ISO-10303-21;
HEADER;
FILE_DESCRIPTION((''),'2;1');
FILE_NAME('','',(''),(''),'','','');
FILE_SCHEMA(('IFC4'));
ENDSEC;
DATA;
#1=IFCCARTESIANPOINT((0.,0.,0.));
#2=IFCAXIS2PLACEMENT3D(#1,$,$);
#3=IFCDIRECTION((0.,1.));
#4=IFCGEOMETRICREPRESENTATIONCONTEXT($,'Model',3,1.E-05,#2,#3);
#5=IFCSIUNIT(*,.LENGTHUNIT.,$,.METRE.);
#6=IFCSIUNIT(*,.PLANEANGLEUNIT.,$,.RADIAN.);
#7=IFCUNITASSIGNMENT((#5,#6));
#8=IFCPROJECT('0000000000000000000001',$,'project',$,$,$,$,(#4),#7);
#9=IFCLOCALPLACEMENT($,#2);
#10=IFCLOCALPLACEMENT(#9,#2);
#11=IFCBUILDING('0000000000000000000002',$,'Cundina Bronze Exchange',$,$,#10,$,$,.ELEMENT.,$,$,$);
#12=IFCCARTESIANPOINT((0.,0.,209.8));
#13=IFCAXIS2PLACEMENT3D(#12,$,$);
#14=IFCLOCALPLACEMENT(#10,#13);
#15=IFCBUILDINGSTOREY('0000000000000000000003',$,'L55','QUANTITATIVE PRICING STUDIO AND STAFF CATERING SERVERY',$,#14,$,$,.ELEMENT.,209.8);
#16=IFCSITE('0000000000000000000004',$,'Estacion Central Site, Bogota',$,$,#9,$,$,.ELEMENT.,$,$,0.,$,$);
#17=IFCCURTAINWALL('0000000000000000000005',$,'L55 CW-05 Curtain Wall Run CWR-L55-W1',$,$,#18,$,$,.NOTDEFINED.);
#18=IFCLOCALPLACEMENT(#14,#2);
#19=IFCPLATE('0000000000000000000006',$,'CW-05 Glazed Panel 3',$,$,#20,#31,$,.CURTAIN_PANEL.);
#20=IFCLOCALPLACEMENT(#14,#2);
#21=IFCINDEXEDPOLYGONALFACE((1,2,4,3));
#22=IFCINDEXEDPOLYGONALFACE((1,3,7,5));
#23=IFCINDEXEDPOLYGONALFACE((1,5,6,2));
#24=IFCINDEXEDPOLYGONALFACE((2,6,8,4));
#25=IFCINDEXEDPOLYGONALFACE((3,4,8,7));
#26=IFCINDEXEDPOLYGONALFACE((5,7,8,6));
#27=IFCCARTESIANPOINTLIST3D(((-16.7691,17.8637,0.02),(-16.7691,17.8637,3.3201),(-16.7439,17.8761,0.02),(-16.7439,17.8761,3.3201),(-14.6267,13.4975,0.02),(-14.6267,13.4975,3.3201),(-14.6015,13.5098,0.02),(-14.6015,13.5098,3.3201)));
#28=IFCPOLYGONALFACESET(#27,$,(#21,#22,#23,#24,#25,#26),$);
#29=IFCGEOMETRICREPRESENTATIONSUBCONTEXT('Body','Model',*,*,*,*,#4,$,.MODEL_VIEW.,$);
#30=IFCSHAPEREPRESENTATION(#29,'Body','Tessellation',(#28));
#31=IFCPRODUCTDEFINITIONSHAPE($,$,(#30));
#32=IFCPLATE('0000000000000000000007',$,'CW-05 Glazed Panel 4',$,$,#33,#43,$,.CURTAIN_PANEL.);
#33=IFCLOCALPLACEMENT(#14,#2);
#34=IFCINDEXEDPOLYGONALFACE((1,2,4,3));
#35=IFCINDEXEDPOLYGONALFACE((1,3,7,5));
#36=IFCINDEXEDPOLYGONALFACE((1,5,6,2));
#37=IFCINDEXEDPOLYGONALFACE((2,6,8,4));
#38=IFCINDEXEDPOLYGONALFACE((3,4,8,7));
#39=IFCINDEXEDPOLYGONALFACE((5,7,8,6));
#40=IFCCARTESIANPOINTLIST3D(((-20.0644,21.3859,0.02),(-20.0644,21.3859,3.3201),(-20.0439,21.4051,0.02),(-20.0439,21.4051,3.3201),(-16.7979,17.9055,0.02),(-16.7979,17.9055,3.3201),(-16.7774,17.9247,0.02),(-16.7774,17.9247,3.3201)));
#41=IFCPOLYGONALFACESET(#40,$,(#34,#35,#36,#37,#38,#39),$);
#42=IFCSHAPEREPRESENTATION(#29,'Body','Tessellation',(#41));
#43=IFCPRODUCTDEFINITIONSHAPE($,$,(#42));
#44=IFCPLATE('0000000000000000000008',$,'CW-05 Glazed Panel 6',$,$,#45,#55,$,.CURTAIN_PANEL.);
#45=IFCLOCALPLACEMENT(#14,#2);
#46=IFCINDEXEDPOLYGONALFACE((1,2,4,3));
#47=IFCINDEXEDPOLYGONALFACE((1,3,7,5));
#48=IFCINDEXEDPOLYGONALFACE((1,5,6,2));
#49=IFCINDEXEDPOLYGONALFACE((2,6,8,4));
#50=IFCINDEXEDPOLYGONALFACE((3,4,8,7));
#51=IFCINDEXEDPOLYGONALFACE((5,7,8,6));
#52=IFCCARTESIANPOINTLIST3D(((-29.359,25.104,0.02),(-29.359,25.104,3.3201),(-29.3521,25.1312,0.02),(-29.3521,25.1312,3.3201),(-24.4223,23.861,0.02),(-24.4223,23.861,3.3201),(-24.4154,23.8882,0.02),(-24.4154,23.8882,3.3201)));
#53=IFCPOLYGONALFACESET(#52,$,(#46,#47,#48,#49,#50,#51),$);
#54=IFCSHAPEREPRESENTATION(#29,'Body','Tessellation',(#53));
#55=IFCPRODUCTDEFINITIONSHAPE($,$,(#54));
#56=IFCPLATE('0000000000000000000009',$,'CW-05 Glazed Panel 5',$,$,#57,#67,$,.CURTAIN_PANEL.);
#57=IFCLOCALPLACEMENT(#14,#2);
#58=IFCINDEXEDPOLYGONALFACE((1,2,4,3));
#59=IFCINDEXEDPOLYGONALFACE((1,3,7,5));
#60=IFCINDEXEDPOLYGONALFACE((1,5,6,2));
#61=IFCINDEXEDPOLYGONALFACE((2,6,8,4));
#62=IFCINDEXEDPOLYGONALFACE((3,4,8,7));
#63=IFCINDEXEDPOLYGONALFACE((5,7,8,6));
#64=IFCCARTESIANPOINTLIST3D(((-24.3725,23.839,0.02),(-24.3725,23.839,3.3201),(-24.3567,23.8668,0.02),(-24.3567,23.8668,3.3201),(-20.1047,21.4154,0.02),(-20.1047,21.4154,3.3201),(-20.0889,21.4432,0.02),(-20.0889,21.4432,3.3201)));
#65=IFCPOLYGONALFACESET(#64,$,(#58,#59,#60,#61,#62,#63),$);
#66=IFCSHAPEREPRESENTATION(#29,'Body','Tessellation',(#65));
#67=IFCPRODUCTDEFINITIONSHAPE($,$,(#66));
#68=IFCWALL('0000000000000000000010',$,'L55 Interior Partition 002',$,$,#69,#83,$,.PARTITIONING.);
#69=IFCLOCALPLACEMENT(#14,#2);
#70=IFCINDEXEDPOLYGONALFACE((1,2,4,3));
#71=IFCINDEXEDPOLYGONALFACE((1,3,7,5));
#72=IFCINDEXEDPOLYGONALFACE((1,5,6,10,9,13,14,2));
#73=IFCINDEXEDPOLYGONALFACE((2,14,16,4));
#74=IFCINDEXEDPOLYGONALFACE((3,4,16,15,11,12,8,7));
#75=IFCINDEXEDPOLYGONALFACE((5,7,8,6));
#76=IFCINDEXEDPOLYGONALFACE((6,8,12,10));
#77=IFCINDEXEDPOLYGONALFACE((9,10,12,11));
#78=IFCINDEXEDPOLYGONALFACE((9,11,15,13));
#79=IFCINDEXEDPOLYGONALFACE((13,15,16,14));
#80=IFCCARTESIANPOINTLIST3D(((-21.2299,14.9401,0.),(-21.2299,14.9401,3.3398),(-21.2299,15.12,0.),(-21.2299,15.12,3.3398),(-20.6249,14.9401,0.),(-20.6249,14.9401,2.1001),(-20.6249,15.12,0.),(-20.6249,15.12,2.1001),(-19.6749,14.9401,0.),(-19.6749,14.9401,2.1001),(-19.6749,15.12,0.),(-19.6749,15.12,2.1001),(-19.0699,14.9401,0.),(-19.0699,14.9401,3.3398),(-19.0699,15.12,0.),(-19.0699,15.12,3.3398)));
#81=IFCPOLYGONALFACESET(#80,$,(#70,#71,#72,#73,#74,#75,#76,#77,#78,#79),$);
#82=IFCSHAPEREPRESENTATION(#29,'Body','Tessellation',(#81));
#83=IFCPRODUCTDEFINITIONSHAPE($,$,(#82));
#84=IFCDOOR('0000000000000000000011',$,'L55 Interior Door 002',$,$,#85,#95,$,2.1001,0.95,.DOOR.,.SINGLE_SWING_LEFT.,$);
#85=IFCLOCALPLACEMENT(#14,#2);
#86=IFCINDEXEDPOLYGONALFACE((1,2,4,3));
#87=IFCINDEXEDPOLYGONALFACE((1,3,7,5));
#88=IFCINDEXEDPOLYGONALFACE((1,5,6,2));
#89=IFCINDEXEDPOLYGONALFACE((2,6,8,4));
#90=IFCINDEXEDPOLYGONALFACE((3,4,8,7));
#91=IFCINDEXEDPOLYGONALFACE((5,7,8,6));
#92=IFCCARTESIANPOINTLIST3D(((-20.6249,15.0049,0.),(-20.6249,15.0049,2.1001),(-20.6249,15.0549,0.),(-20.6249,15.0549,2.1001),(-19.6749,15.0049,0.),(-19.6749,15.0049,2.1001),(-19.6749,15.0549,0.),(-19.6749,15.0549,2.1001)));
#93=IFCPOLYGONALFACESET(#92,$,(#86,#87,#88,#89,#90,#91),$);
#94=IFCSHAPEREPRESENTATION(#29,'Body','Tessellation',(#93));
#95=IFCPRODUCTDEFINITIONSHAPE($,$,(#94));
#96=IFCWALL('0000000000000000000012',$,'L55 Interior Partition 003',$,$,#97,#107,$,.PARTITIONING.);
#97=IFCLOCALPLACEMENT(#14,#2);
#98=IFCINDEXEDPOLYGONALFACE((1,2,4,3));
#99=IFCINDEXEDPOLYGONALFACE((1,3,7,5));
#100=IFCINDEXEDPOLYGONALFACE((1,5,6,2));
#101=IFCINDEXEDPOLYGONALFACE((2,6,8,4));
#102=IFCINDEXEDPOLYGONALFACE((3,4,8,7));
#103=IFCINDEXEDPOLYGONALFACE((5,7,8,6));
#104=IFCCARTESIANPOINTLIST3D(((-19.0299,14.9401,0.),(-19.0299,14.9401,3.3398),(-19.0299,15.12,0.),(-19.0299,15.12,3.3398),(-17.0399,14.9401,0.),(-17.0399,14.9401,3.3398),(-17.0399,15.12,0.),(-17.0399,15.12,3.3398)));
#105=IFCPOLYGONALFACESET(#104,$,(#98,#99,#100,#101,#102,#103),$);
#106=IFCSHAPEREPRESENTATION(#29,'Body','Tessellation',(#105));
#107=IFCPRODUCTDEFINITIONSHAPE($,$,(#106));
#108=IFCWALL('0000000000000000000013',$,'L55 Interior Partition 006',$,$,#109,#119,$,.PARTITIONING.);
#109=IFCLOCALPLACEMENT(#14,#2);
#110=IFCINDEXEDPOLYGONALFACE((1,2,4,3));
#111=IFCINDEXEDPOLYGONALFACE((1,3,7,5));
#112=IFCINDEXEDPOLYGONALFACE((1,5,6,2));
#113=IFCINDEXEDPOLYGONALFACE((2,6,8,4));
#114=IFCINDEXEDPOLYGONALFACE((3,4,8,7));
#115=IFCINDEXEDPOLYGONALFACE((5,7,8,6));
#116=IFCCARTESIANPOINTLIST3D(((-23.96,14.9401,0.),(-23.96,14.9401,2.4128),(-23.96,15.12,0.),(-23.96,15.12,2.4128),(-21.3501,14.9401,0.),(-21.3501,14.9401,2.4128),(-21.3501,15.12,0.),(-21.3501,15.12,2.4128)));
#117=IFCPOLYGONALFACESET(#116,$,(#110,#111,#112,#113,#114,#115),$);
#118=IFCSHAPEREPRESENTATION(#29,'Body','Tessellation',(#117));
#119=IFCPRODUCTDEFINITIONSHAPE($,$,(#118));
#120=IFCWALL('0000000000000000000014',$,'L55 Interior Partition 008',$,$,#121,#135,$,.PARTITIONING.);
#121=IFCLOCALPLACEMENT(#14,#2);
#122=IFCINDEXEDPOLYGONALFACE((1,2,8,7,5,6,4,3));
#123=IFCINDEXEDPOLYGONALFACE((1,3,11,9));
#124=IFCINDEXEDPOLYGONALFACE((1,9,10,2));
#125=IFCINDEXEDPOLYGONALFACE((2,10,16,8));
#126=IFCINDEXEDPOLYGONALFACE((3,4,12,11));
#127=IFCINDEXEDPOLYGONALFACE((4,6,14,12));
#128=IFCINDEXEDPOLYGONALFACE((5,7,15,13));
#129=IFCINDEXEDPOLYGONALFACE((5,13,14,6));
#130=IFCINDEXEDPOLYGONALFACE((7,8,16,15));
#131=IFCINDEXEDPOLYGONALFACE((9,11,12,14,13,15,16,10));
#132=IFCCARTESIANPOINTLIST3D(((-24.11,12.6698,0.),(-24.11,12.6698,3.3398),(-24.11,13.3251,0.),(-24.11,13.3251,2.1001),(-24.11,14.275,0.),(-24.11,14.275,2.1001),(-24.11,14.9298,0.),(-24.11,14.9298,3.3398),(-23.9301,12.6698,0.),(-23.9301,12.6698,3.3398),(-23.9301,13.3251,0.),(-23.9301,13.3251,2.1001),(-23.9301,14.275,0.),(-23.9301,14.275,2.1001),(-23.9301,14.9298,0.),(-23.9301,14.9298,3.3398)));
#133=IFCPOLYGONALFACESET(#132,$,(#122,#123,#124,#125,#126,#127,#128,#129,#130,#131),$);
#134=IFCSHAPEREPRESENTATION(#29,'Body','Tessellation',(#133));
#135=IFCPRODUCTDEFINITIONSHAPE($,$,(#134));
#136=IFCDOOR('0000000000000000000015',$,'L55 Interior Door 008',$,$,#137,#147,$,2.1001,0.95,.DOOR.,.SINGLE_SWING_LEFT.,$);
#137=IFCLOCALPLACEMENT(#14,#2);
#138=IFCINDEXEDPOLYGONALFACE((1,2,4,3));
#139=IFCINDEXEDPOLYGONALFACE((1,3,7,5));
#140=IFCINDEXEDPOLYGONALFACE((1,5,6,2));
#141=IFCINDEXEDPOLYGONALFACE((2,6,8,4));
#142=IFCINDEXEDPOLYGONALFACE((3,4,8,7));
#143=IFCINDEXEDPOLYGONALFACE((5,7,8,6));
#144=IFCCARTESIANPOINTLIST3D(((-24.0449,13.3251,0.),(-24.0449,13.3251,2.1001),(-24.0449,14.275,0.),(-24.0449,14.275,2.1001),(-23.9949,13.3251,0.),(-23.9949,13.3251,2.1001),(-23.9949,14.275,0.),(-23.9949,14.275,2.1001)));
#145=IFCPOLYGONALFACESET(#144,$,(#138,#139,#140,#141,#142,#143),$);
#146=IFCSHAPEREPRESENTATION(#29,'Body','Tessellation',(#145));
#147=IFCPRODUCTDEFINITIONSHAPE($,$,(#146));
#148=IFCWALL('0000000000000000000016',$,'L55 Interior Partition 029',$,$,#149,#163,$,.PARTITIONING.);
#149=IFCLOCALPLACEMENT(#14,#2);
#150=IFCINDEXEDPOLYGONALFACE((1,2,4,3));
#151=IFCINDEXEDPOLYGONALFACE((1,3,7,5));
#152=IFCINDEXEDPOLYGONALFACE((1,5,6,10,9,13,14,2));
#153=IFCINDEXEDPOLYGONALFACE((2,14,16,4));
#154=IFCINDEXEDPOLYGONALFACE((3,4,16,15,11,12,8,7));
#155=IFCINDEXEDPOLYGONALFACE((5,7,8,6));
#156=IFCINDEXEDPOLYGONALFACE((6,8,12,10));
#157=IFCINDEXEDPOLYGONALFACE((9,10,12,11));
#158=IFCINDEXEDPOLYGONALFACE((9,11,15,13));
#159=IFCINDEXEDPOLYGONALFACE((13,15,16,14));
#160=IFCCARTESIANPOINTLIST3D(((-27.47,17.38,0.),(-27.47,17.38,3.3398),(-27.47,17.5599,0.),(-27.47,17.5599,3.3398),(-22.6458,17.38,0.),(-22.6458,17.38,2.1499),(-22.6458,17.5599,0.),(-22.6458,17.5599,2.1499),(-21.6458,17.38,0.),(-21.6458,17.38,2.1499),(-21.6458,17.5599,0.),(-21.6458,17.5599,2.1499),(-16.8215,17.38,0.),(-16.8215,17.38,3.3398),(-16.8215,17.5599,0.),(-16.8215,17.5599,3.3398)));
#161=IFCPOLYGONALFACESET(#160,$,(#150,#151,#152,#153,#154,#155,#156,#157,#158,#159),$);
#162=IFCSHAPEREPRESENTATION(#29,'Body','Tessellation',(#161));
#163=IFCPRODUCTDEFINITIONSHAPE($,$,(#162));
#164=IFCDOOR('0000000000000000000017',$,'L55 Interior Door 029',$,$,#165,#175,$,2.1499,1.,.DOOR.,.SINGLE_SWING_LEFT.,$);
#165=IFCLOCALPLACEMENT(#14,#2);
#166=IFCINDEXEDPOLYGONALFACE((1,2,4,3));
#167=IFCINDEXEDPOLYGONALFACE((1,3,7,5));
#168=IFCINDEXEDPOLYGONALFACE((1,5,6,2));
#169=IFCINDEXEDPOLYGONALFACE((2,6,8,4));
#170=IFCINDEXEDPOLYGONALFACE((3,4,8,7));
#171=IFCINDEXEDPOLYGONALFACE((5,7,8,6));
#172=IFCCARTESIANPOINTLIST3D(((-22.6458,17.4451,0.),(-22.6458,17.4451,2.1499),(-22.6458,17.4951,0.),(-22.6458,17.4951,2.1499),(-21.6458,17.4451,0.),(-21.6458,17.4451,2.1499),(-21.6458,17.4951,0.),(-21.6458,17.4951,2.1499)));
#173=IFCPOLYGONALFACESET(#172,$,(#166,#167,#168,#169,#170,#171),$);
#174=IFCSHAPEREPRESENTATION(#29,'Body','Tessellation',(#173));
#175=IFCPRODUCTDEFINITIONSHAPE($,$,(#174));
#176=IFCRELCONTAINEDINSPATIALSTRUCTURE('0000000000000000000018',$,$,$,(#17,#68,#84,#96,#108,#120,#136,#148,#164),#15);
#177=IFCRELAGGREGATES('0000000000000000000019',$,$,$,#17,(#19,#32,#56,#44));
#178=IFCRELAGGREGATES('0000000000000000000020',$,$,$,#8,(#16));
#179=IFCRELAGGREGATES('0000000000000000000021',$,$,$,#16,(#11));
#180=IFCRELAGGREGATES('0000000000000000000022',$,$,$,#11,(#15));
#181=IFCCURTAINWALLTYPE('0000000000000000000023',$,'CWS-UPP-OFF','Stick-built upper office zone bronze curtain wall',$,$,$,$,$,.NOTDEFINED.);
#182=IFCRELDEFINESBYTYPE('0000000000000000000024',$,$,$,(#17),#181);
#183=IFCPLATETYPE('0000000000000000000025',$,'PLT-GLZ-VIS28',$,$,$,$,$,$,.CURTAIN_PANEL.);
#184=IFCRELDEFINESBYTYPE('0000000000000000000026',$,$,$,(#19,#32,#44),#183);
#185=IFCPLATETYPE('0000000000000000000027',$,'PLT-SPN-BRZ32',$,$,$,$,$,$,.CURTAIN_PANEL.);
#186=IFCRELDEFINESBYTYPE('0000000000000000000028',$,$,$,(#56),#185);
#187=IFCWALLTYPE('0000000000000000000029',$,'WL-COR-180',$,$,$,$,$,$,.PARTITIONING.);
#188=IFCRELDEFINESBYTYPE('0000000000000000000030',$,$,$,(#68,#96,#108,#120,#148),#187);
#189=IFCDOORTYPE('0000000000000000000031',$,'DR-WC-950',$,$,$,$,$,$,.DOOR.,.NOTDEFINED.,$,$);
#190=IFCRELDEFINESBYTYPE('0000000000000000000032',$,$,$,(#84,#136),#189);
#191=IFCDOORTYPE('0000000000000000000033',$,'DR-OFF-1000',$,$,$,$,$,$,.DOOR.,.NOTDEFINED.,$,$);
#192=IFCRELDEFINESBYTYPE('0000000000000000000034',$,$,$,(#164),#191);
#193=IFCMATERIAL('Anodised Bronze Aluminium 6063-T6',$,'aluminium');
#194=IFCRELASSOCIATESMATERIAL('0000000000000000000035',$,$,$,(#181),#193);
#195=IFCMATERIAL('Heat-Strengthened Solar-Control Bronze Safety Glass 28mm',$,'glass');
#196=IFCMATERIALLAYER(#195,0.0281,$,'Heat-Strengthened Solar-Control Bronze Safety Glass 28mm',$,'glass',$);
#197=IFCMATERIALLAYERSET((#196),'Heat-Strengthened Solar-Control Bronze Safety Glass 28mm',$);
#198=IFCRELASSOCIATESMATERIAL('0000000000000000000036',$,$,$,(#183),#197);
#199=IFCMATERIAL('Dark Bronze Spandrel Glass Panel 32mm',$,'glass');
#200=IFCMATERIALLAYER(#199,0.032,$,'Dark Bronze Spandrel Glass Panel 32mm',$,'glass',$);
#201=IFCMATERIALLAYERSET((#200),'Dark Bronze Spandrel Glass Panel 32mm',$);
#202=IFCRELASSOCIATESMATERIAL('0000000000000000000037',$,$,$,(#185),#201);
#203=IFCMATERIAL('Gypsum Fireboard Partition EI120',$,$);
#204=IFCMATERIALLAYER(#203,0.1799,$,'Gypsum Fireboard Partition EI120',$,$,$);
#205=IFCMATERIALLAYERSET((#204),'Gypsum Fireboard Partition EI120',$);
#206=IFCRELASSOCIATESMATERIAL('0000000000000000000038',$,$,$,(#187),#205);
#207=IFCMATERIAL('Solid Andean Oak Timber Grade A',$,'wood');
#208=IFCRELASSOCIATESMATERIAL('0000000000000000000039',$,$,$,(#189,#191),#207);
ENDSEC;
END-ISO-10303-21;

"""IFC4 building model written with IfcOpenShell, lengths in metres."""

from ifc_helpers import new_model, si_unit, direction, frame, frame_2d, origin, origin_2d, place, context, subcontext, project, spatial, rectangle, extrude, material, layer, layer_set, type_object, element, fill, aggregate, save


model = new_model("IFC4")

# Units and contexts
model_context = context("Model", 3, precision=1e-05, world=origin(), true_north=direction((0.0, 1.0)))
body_context = subcontext(model_context, "Body", "Model", "MODEL_VIEW")
ifc_project = project(units=[si_unit("LENGTHUNIT", "METRE"), si_unit("PLANEANGLEUNIT", "RADIAN")], contexts=[model_context])

# Site, building, storey
site_placement = place(None, origin())
site = spatial("IfcSite", under=ifc_project, at=site_placement, Name="Estacion Central Site, Bogota", CompositionType="ELEMENT", RefElevation=0.0)
building_placement = place(site_placement, origin())
building = spatial("IfcBuilding", under=site, at=building_placement, Name="Cundina Bronze Exchange", CompositionType="ELEMENT")
storey_placement = place(building_placement, frame((0.0, 0.0, 209.8)))
storey = spatial("IfcBuildingStorey", under=building, at=storey_placement, Name="L55", Description="QUANTITATIVE PRICING STUDIO AND STAFF CATERING SERVERY", CompositionType="ELEMENT", Elevation=209.8)

# Curtain wall, plates
ifc_material_1 = material(Name="Anodised Bronze Aluminium 6063-T6", Category="aluminium")
curtain_wall_type = type_object("IfcCurtainWallType", Name="CWS-UPP-OFF", Description="Stick-built upper office zone bronze curtain wall", PredefinedType="NOTDEFINED", material=ifc_material_1)
curtain_wall_placement = place(storey_placement, origin())
curtain_wall = element("IfcCurtainWall", 1, at=curtain_wall_placement, inside=storey, type_object=curtain_wall_type, Name="L55 CW-05 Curtain Wall Run CWR-L55-W1", PredefinedType="NOTDEFINED")
ifc_material_2 = material(Name="Heat-Strengthened Solar-Control Bronze Safety Glass 28mm", Category="glass")
ifc_layer_1 = layer(ifc_material_2, 0.0281, Name="Heat-Strengthened Solar-Control Bronze Safety Glass 28mm", Category="glass")
ifc_layer_set_1 = layer_set([ifc_layer_1], Name="Heat-Strengthened Solar-Control Bronze Safety Glass 28mm")
plate_type_1 = type_object("IfcPlateType", Name="PLT-GLZ-VIS28", PredefinedType="CURTAIN_PANEL", material=ifc_layer_set_1)
plate_1_placement = place(storey_placement, frame((-15.6853, 15.6868, 0.02), z_axis=(0.0, 0.0, 1.0), x_axis=(-0.440503, 0.897751, 0.0)))
plate_1 = element("IfcPlate", 2, at=plate_1_placement, type_object=plate_type_1, Name="CW-05 Glazed Panel 3", PredefinedType="CURTAIN_PANEL", context=body_context, shape_type="SweptSolid", body=[
    extrude(rectangle(XDim=4.8635, YDim=0.0281, at=origin_2d()), origin(), (0.0, 0.0, 1.0), 3.3),
])
plate_2_placement = place(storey_placement, frame((-18.4209, 19.6553, 0.02), z_axis=(0.0, 0.0, 1.0), x_axis=(-0.684344, 0.72916, 0.0)))
plate_2 = element("IfcPlate", 3, at=plate_2_placement, type_object=plate_type_1, Name="CW-05 Glazed Panel 4", PredefinedType="CURTAIN_PANEL", context=body_context, shape_type="SweptSolid", body=[
    extrude(rectangle(XDim=4.7732, YDim=0.0281, at=origin_2d()), origin(), (0.0, 0.0, 1.0), 3.3),
])
plate_3_placement = place(storey_placement, frame((-26.8872, 24.4961, 0.02), z_axis=(0.0, 0.0, 1.0), x_axis=(-0.969732, 0.244174, 0.0)))
plate_3 = element("IfcPlate", 4, at=plate_3_placement, type_object=plate_type_1, Name="CW-05 Glazed Panel 6", PredefinedType="CURTAIN_PANEL", context=body_context, shape_type="SweptSolid", body=[
    extrude(rectangle(XDim=5.0908, YDim=0.0281, at=origin_2d()), origin(), (0.0, 0.0, 1.0), 3.3),
])
ifc_material_3 = material(Name="Dark Bronze Spandrel Glass Panel 32mm", Category="glass")
ifc_layer_2 = layer(ifc_material_3, 0.032, Name="Dark Bronze Spandrel Glass Panel 32mm", Category="glass")
ifc_layer_set_2 = layer_set([ifc_layer_2], Name="Dark Bronze Spandrel Glass Panel 32mm")
plate_type_2 = type_object("IfcPlateType", Name="PLT-SPN-BRZ32", PredefinedType="CURTAIN_PANEL", material=ifc_layer_set_2)
plate_4_placement = place(storey_placement, frame((-22.2307, 22.6411, 0.02), z_axis=(0.0, 0.0, 1.0), x_axis=(-0.869573, 0.493805, 0.0)))
plate_4 = element("IfcPlate", 5, at=plate_4_placement, type_object=plate_type_2, Name="CW-05 Glazed Panel 5", PredefinedType="CURTAIN_PANEL", context=body_context, shape_type="SweptSolid", body=[
    extrude(rectangle(XDim=4.908, YDim=0.032, at=origin_2d()), origin(), (0.0, 0.0, 1.0), 3.3),
])
aggregate(curtain_wall, [plate_1, plate_2, plate_4, plate_3])

# Wall, opening, door
ifc_material_4 = material(Name="Gypsum Fireboard Partition EI120")
ifc_layer_3 = layer(ifc_material_4, 0.1799, Name="Gypsum Fireboard Partition EI120")
ifc_layer_set_3 = layer_set([ifc_layer_3], Name="Gypsum Fireboard Partition EI120")
wall_type_1 = type_object("IfcWallType", Name="WL-COR-180", PredefinedType="PARTITIONING", material=ifc_layer_set_3)
wall_1_placement = place(storey_placement, frame((-21.23, 15.03, 0.0), z_axis=(0.0, 0.0, 1.0), x_axis=(1.0, 0.0, 0.0)))
wall_1 = element("IfcWall", 6, at=wall_1_placement, inside=storey, type_object=wall_type_1, Name="L55 Interior Partition 002", PredefinedType="PARTITIONING", context=body_context, shape_type="SweptSolid", body=[
    extrude(rectangle(XDim=2.1599, YDim=0.1799, at=frame_2d((1.0801, 0.0))), origin(), (0.0, 0.0, 1.0), 3.3398),
])
opening_1_placement = place(wall_1_placement, frame((0.605, 0.0, 0.0)))
opening_1 = element("IfcOpeningElement", 7, at=opening_1_placement, cuts=wall_1, PredefinedType="OPENING", context=body_context, shape_type="SweptSolid", body=[
    extrude(rectangle(XDim=0.95, YDim=2.1001, at=frame_2d((0.4751, 1.05))), frame((0.0, 0.0999, 0.0), z_axis=(0.0, -1.0, 0.0), x_axis=(1.0, 0.0, 0.0)), (0.0, 0.0, 1.0), 0.2),
])
ifc_material_5 = material(Name="Solid Andean Oak Timber Grade A", Category="wood")
door_type_1 = type_object("IfcDoorType", Name="DR-WC-950", OperationType="NOTDEFINED", PredefinedType="DOOR", material=ifc_material_5)
door_1_placement = place(opening_1_placement, origin())
door_1 = element("IfcDoor", 8, at=door_1_placement, inside=storey, type_object=door_type_1, Name="L55 Interior Door 002", OperationType="SINGLE_SWING_LEFT", OverallHeight=2.1001, OverallWidth=0.95, PredefinedType="DOOR", context=body_context, shape_type="SweptSolid", body=[
    extrude(rectangle(XDim=0.95, YDim=2.1001, at=frame_2d((0.4751, 1.05))), frame((0.0, 0.0249, 0.0), z_axis=(0.0, -1.0, 0.0), x_axis=(1.0, 0.0, 0.0)), (0.0, 0.0, 1.0), 0.05),
])
fill(opening_1, door_1)

# Walls
wall_2_placement = place(storey_placement, frame((-19.03, 15.03, 0.0), z_axis=(0.0, 0.0, 1.0), x_axis=(1.0, 0.0, 0.0)))
element("IfcWall", 9, at=wall_2_placement, inside=storey, type_object=wall_type_1, Name="L55 Interior Partition 003", PredefinedType="PARTITIONING", context=body_context, shape_type="SweptSolid", body=[
    extrude(rectangle(XDim=1.99, YDim=0.1799, at=frame_2d((0.9951, 0.0))), origin(), (0.0, 0.0, 1.0), 3.3398),
])
wall_3_placement = place(storey_placement, frame((-23.96, 15.03, 0.0), z_axis=(0.0, 0.0, 1.0), x_axis=(1.0, 0.0, 0.0)))
element("IfcWall", 10, at=wall_3_placement, inside=storey, type_object=wall_type_1, Name="L55 Interior Partition 006", PredefinedType="PARTITIONING", context=body_context, shape_type="SweptSolid", body=[
    extrude(rectangle(XDim=2.6099, YDim=0.1799, at=frame_2d((1.3049, 0.0))), origin(), (0.0, 0.0, 1.0), 2.4128),
])

# Walls, openings, doors
wall_4_placement = place(storey_placement, frame((-24.02, 12.6699, 0.0), z_axis=(0.0, 0.0, 1.0), x_axis=(0.0, 1.0, 0.0)))
wall_4 = element("IfcWall", 11, at=wall_4_placement, inside=storey, type_object=wall_type_1, Name="L55 Interior Partition 008", PredefinedType="PARTITIONING", context=body_context, shape_type="SweptSolid", body=[
    extrude(rectangle(XDim=2.26, YDim=0.1799, at=frame_2d((1.1299, 0.0))), origin(), (0.0, 0.0, 1.0), 3.3398),
])
opening_2_placement = place(wall_4_placement, frame((0.655, 0.0, 0.0)))
opening_2 = element("IfcOpeningElement", 12, at=opening_2_placement, cuts=wall_4, PredefinedType="OPENING", context=body_context, shape_type="SweptSolid", body=[
    extrude(rectangle(XDim=0.95, YDim=2.1001, at=frame_2d((0.4751, 1.05))), frame((0.0, 0.0999, 0.0), z_axis=(0.0, -1.0, 0.0), x_axis=(1.0, 0.0, 0.0)), (0.0, 0.0, 1.0), 0.2),
])
door_2_placement = place(opening_2_placement, origin())
door_2 = element("IfcDoor", 13, at=door_2_placement, inside=storey, type_object=door_type_1, Name="L55 Interior Door 008", OperationType="SINGLE_SWING_LEFT", OverallHeight=2.1001, OverallWidth=0.95, PredefinedType="DOOR", context=body_context, shape_type="SweptSolid", body=[
    extrude(rectangle(XDim=0.95, YDim=2.1001, at=frame_2d((0.4751, 1.05))), frame((0.0, 0.0249, 0.0), z_axis=(0.0, -1.0, 0.0), x_axis=(1.0, 0.0, 0.0)), (0.0, 0.0, 1.0), 0.05),
])
fill(opening_2, door_2)
wall_5_placement = place(storey_placement, frame((-16.8215, 17.47, 0.0), z_axis=(0.0, 0.0, 1.0), x_axis=(-1.0, 0.0, 0.0)))
wall_5 = element("IfcWall", 14, at=wall_5_placement, inside=storey, type_object=wall_type_1, Name="L55 Interior Partition 029", PredefinedType="PARTITIONING", context=body_context, shape_type="SweptSolid", body=[
    extrude(rectangle(XDim=10.6484, YDim=0.1799, at=frame_2d((5.3242, 0.0))), origin(), (0.0, 0.0, 1.0), 3.3398),
])
opening_3_placement = place(wall_5_placement, frame((4.8242, 0.0, 0.0)))
opening_3 = element("IfcOpeningElement", 15, at=opening_3_placement, cuts=wall_5, PredefinedType="OPENING", context=body_context, shape_type="SweptSolid", body=[
    extrude(rectangle(XDim=1.0, YDim=2.1499, at=frame_2d((0.5, 1.075))), frame((0.0, 0.0999, 0.0), z_axis=(0.0, -1.0, 0.0), x_axis=(1.0, 0.0, 0.0)), (0.0, 0.0, 1.0), 0.2),
])
door_type_2 = type_object("IfcDoorType", Name="DR-OFF-1000", OperationType="NOTDEFINED", PredefinedType="DOOR", material=ifc_material_5)
door_3_placement = place(opening_3_placement, origin())
door_3 = element("IfcDoor", 16, at=door_3_placement, inside=storey, type_object=door_type_2, Name="L55 Interior Door 029", OperationType="SINGLE_SWING_LEFT", OverallHeight=2.1499, OverallWidth=1.0, PredefinedType="DOOR", context=body_context, shape_type="SweptSolid", body=[
    extrude(rectangle(XDim=1.0, YDim=2.1499, at=frame_2d((0.5, 1.075))), frame((0.0, 0.0249, 0.0), z_axis=(0.0, -1.0, 0.0), x_axis=(1.0, 0.0, 0.0)), (0.0, 0.0, 1.0), 0.05),
])
fill(opening_3, door_3)

save(model, "model.ifc")
